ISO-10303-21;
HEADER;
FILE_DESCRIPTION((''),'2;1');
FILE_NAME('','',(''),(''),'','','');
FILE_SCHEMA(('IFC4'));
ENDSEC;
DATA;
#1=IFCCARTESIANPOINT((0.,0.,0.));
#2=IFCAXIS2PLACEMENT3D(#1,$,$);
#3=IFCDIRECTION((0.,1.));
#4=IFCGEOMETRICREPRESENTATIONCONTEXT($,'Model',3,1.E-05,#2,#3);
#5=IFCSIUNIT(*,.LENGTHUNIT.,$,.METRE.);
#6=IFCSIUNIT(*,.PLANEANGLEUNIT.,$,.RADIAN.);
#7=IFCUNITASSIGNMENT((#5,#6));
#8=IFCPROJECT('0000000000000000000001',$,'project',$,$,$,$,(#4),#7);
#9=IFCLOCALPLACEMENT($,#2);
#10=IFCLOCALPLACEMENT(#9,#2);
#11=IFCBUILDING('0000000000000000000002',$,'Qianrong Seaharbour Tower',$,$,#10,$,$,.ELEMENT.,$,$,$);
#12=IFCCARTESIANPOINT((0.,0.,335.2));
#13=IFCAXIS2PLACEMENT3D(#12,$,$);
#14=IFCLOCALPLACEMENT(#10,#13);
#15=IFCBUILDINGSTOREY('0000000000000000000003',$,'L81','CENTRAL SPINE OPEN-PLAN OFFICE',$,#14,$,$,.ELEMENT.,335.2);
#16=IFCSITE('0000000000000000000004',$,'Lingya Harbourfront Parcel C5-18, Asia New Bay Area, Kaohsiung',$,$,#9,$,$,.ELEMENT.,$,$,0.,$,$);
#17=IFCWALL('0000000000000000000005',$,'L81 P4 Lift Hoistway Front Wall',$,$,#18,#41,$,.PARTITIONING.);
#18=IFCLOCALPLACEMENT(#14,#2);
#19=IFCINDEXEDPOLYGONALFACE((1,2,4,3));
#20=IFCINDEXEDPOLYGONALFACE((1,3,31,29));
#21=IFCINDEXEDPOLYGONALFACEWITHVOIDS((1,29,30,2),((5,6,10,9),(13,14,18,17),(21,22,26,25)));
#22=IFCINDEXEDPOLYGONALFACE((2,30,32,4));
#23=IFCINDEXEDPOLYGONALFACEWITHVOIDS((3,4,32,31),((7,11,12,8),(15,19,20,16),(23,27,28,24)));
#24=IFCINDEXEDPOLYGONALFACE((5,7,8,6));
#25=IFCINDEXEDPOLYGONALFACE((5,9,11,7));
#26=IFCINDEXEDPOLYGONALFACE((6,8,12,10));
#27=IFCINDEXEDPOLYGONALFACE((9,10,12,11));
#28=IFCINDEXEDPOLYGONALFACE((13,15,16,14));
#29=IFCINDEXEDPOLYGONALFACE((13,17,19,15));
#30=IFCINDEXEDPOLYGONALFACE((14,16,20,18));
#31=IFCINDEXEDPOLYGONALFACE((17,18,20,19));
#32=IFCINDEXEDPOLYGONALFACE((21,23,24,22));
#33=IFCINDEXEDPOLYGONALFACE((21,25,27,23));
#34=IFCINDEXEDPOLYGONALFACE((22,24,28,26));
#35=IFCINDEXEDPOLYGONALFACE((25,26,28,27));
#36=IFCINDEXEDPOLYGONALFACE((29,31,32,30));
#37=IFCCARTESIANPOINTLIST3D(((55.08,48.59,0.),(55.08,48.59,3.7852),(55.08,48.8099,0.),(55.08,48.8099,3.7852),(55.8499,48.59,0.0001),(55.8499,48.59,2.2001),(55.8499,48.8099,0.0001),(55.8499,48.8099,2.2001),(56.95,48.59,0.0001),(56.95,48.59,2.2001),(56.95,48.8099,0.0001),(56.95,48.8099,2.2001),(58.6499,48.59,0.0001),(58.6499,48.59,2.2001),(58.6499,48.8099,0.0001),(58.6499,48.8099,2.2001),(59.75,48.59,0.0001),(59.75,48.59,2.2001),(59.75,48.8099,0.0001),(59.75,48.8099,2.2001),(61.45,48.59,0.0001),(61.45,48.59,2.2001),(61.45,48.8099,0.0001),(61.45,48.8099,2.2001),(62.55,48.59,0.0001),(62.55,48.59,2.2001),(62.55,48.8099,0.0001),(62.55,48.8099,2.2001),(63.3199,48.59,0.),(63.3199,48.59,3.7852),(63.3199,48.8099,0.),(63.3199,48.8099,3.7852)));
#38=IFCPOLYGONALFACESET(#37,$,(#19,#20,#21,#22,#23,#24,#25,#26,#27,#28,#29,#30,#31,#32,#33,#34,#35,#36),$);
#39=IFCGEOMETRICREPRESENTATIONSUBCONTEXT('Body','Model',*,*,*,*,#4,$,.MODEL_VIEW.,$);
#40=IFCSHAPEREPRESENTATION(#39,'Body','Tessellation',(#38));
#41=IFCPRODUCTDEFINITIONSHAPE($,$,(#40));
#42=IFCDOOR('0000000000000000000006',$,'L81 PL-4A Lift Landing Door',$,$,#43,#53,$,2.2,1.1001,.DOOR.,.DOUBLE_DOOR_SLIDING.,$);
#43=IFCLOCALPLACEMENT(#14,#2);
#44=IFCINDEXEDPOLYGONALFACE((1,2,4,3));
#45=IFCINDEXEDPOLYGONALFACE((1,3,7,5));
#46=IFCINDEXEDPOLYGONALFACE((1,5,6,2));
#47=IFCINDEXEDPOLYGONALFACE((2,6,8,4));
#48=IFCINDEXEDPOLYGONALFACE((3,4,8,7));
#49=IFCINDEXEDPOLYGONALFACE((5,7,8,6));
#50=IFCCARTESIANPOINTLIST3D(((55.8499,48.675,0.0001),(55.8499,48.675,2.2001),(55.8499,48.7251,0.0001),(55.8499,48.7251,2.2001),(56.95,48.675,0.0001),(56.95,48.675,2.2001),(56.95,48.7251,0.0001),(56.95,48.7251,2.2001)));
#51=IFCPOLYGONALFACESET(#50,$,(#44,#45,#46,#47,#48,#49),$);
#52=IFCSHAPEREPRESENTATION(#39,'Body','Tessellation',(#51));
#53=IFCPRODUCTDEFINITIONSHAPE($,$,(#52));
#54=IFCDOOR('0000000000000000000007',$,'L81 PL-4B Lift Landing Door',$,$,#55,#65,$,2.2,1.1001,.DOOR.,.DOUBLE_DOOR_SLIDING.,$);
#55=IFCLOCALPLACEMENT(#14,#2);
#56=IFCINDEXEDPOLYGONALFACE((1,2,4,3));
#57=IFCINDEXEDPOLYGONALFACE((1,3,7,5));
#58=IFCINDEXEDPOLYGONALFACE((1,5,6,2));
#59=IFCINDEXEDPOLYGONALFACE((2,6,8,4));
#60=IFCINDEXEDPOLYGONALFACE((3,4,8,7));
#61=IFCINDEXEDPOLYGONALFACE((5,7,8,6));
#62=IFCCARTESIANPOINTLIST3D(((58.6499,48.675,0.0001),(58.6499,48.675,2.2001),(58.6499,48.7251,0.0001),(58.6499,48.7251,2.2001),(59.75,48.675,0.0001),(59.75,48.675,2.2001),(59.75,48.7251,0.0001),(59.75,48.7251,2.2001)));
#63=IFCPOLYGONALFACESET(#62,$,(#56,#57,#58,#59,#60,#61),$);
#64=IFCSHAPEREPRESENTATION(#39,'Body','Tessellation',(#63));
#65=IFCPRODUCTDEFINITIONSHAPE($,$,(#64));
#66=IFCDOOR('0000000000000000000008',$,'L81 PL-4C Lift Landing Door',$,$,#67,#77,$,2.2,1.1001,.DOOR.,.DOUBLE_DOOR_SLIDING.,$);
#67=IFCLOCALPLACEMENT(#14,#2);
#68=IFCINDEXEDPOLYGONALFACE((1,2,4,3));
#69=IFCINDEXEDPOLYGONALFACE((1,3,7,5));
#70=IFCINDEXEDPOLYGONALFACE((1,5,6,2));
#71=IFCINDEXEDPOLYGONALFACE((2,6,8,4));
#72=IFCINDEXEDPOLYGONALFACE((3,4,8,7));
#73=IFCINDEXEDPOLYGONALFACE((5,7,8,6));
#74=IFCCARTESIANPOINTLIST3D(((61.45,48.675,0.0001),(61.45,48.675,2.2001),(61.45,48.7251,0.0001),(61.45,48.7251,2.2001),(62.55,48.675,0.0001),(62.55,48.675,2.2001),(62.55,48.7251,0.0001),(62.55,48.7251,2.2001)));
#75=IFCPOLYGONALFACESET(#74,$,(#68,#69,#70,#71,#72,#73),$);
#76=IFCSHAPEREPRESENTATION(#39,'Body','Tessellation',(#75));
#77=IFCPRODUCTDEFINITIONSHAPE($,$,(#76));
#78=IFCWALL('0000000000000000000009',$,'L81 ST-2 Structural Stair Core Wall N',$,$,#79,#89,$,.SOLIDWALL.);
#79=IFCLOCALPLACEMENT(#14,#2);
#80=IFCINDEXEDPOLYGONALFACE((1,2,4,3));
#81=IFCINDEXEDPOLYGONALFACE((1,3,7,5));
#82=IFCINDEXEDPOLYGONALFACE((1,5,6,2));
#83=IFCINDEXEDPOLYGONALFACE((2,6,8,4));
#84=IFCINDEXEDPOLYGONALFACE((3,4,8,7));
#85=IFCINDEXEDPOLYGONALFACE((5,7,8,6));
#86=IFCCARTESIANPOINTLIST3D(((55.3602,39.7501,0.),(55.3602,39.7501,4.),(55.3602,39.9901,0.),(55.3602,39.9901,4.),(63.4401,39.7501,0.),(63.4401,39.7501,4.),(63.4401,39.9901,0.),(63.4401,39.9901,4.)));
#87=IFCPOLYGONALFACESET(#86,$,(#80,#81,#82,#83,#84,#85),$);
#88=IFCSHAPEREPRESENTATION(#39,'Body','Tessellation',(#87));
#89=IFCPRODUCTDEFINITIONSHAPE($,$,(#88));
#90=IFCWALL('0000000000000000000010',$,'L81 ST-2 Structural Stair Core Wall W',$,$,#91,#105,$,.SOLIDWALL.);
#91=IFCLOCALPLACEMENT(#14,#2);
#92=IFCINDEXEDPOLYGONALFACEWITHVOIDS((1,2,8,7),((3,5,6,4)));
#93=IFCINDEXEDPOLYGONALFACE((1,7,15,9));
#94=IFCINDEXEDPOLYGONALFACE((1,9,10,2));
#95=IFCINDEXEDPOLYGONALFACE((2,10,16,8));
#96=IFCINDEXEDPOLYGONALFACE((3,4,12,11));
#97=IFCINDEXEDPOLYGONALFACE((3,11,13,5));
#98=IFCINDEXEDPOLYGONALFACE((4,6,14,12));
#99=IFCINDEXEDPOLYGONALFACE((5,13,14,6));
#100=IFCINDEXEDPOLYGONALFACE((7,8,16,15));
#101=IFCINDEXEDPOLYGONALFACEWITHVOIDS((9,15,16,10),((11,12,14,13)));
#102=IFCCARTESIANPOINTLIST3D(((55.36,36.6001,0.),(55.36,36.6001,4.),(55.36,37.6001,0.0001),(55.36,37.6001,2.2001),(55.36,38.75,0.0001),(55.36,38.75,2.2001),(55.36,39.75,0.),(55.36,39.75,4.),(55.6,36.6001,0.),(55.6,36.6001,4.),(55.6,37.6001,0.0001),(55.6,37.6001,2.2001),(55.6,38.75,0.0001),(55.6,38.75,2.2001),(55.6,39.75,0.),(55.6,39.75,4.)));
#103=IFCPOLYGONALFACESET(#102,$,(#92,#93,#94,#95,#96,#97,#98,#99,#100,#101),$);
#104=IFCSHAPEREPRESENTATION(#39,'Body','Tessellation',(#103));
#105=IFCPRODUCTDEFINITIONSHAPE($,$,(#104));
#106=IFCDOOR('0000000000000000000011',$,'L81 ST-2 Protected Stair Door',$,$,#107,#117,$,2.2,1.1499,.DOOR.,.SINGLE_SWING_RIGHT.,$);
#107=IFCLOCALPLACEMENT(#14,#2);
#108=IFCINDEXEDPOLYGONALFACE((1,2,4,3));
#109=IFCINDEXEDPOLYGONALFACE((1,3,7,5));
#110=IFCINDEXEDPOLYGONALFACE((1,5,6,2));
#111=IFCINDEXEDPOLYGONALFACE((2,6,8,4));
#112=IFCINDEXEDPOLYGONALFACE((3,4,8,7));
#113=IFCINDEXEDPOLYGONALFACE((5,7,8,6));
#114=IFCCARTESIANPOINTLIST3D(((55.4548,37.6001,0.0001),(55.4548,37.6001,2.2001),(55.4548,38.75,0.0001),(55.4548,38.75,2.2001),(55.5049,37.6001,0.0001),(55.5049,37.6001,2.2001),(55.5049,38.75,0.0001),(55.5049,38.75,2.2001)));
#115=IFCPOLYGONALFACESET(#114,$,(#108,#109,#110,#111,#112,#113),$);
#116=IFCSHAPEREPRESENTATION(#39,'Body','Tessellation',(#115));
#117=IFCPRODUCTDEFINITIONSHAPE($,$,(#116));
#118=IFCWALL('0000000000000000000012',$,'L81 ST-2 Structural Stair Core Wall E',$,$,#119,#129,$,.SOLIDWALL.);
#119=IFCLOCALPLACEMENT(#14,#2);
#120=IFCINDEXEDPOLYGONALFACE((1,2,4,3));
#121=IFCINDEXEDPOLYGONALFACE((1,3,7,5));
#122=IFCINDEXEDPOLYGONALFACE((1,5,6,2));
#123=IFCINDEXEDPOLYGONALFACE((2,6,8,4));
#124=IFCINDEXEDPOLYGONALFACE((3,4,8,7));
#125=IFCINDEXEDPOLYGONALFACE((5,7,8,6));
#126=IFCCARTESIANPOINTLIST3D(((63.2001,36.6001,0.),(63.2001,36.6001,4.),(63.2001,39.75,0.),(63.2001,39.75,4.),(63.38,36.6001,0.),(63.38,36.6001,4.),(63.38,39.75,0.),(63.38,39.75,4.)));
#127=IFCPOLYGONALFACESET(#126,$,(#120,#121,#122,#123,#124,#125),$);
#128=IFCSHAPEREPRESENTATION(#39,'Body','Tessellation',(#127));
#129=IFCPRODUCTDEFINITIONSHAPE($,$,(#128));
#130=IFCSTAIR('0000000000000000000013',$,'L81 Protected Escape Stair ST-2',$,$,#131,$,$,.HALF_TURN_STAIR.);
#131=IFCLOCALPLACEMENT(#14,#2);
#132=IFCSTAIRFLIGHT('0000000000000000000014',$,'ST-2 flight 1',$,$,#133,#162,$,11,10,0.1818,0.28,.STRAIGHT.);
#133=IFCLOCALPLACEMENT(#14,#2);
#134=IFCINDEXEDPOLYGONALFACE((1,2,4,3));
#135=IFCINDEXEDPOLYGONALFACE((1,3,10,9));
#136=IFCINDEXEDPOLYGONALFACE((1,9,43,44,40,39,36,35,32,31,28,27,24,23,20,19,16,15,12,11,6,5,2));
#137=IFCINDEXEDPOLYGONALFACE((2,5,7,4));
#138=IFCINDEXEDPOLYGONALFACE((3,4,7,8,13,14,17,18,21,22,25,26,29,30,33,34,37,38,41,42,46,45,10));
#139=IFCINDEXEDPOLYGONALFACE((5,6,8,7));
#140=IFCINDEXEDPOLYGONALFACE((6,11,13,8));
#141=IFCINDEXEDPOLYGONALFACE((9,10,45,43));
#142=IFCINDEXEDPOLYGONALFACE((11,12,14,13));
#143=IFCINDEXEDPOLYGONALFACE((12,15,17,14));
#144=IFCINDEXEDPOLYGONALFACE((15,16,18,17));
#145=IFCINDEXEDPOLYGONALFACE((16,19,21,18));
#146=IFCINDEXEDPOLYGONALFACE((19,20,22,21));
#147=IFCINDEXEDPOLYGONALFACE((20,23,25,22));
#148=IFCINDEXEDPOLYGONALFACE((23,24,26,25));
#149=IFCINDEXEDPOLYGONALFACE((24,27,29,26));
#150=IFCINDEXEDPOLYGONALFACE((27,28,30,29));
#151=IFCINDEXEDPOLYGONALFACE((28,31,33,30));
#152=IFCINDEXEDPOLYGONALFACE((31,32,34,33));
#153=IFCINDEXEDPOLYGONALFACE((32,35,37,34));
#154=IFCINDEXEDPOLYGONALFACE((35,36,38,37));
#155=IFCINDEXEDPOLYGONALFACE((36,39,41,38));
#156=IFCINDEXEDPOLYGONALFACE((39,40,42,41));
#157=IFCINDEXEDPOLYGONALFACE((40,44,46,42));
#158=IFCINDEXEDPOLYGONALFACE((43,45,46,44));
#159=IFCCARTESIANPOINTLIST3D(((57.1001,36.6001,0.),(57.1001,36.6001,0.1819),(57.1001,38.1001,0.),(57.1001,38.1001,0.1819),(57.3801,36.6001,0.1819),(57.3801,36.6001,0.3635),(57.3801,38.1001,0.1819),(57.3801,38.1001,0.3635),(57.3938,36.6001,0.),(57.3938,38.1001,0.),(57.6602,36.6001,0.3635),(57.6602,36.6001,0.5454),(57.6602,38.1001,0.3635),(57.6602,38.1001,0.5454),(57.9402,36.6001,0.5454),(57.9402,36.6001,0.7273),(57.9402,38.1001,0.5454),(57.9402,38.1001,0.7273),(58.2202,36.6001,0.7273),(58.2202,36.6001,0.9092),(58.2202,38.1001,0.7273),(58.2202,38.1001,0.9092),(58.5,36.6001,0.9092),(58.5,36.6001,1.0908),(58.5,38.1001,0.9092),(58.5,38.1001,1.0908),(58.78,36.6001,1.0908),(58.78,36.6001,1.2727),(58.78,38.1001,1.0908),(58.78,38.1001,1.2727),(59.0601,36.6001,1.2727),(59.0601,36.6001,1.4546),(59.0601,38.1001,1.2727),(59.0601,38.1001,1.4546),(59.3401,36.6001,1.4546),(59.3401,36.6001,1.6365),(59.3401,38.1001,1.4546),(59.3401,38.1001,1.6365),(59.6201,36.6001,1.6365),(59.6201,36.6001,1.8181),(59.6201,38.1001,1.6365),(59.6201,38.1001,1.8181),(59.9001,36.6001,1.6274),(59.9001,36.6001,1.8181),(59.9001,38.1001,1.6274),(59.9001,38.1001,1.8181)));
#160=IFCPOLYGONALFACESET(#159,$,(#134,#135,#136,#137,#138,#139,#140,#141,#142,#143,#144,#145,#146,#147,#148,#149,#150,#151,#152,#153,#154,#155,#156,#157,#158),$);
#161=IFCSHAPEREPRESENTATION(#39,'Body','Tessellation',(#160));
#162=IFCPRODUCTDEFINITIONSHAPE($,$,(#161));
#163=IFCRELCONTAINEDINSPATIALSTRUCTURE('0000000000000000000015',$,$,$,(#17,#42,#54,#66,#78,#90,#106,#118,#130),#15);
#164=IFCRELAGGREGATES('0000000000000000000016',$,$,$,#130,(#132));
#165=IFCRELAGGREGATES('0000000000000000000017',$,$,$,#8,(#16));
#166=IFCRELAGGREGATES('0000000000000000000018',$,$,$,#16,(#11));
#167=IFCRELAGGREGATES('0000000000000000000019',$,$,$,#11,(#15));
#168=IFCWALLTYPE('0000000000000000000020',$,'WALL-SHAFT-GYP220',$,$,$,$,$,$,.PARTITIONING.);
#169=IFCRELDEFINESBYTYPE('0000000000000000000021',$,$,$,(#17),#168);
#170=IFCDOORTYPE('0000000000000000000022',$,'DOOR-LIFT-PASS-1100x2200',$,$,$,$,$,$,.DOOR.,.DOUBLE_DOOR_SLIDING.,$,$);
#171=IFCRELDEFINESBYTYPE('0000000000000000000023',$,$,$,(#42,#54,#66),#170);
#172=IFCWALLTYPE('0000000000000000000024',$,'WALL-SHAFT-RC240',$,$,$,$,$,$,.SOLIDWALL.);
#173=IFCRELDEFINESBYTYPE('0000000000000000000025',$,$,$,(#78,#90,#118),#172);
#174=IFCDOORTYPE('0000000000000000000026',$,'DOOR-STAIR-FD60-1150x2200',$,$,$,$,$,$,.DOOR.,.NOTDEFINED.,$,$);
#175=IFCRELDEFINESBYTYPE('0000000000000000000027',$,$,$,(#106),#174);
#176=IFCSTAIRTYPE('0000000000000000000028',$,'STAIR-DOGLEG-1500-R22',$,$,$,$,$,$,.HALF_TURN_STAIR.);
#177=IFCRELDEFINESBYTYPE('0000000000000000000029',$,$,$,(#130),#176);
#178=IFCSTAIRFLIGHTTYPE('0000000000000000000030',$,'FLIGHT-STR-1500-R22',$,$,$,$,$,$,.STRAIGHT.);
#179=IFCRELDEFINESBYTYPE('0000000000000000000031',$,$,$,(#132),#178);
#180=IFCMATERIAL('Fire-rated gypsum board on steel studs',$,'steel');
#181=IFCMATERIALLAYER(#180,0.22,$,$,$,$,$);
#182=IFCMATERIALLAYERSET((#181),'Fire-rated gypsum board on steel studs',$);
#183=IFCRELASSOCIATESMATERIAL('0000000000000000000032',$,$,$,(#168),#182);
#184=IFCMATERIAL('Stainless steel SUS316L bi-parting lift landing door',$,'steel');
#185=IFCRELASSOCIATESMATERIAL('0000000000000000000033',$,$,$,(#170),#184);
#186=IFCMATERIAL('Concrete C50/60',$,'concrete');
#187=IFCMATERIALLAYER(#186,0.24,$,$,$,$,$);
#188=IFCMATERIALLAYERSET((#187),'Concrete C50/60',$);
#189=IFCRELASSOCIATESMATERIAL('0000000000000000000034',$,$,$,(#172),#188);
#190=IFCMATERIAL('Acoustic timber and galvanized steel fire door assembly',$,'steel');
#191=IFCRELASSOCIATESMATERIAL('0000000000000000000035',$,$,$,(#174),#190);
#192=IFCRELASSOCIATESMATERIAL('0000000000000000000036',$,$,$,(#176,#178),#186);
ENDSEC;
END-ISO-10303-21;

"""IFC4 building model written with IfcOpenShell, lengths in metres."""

from ifc_helpers import new_model, si_unit, direction, frame, frame_2d, origin, place, context, subcontext, project, spatial, polyline, rectangle, outline, extrude, material, layer, layer_set, type_object, element, fill, aggregate, save


model = new_model("IFC4")

# Units and contexts
model_context = context("Model", 3, precision=1e-05, world=origin(), true_north=direction((0.0, 1.0)))
body_context = subcontext(model_context, "Body", "Model", "MODEL_VIEW")
ifc_project = project(units=[si_unit("LENGTHUNIT", "METRE"), si_unit("PLANEANGLEUNIT", "RADIAN")], contexts=[model_context])

# Site, building, storey
site_placement = place(None, origin())
site = spatial("IfcSite", under=ifc_project, at=site_placement, Name="Lingya Harbourfront Parcel C5-18, Asia New Bay Area, Kaohsiung", CompositionType="ELEMENT", RefElevation=0.0)
building_placement = place(site_placement, origin())
building = spatial("IfcBuilding", under=site, at=building_placement, Name="Qianrong Seaharbour Tower", CompositionType="ELEMENT")
storey_placement = place(building_placement, frame((0.0, 0.0, 335.2)))
storey = spatial("IfcBuildingStorey", under=building, at=storey_placement, Name="L81", Description="CENTRAL SPINE OPEN-PLAN OFFICE", CompositionType="ELEMENT", Elevation=335.2)

# Shared definitions
ifc_material_1 = material(Name="Concrete C50/60", Category="concrete")

# Shared definitions
ifc_material_2 = material(Name="Acoustic timber and galvanized steel fire door assembly", Category="steel")

# Shared definitions
ifc_material_3 = material(Name="Fire-rated gypsum board on steel studs", Category="steel")

# Wall, openings, doors
ifc_layer_1 = layer(ifc_material_3, 0.22)
ifc_layer_set_1 = layer_set([ifc_layer_1], Name="Fire-rated gypsum board on steel studs")
wall_type_1 = type_object("IfcWallType", Name="WALL-SHAFT-GYP220", PredefinedType="PARTITIONING", material=ifc_layer_set_1)
wall_1_placement = place(storey_placement, frame((63.3201, 48.7, 0.0), z_axis=(0.0, 0.0, 1.0), x_axis=(-1.0, 0.0, 0.0)))
wall_1 = element("IfcWall", 1, at=wall_1_placement, inside=storey, type_object=wall_type_1, Name="L81 P4 Lift Hoistway Front Wall", PredefinedType="PARTITIONING", context=body_context, shape_type="SweptSolid", body=[
    extrude(rectangle(XDim=8.24, YDim=0.22, at=frame_2d((4.1201, 0.0))), origin(), (0.0, 0.0, 1.0), 3.7852),
])
opening_1_placement = place(wall_1_placement, frame((6.3701, 0.0, 0.0)))
opening_1 = element("IfcOpeningElement", 2, at=opening_1_placement, cuts=wall_1, PredefinedType="OPENING", context=body_context, shape_type="SweptSolid", body=[
    extrude(rectangle(XDim=1.1001, YDim=2.2, at=frame_2d((0.55, 1.1001))), frame((0.0, 0.1201, 0.0), z_axis=(0.0, -1.0, 0.0), x_axis=(1.0, 0.0, 0.0)), (0.0, 0.0, 1.0), 0.24),
])
opening_2_placement = place(wall_1_placement, frame((3.5701, 0.0, 0.0)))
opening_2 = element("IfcOpeningElement", 3, at=opening_2_placement, cuts=wall_1, PredefinedType="OPENING", context=body_context, shape_type="SweptSolid", body=[
    extrude(rectangle(XDim=1.1001, YDim=2.2, at=frame_2d((0.55, 1.1001))), frame((0.0, 0.1201, 0.0), z_axis=(0.0, -1.0, 0.0), x_axis=(1.0, 0.0, 0.0)), (0.0, 0.0, 1.0), 0.24),
])
opening_3_placement = place(wall_1_placement, frame((0.77, 0.0, 0.0)))
opening_3 = element("IfcOpeningElement", 4, at=opening_3_placement, cuts=wall_1, PredefinedType="OPENING", context=body_context, shape_type="SweptSolid", body=[
    extrude(rectangle(XDim=1.1001, YDim=2.2, at=frame_2d((0.55, 1.1001))), frame((0.0, 0.1201, 0.0), z_axis=(0.0, -1.0, 0.0), x_axis=(1.0, 0.0, 0.0)), (0.0, 0.0, 1.0), 0.24),
])
ifc_material_4 = material(Name="Stainless steel SUS316L bi-parting lift landing door", Category="steel")
door_type_1 = type_object("IfcDoorType", Name="DOOR-LIFT-PASS-1100x2200", OperationType="DOUBLE_DOOR_SLIDING", PredefinedType="DOOR", material=ifc_material_4)
door_1_placement = place(opening_1_placement, origin())
door_1 = element("IfcDoor", 5, at=door_1_placement, inside=storey, type_object=door_type_1, Name="L81 PL-4A Lift Landing Door", OperationType="DOUBLE_DOOR_SLIDING", OverallHeight=2.2, OverallWidth=1.1001, PredefinedType="DOOR", context=body_context, shape_type="SweptSolid", body=[
    extrude(rectangle(XDim=1.1001, YDim=2.2, at=frame_2d((0.55, 1.1001))), frame((0.0, 0.0249, 0.0), z_axis=(0.0, -1.0, 0.0), x_axis=(1.0, 0.0, 0.0)), (0.0, 0.0, 1.0), 0.05),
])
fill(opening_1, door_1)
door_2_placement = place(opening_2_placement, origin())
door_2 = element("IfcDoor", 6, at=door_2_placement, inside=storey, type_object=door_type_1, Name="L81 PL-4B Lift Landing Door", OperationType="DOUBLE_DOOR_SLIDING", OverallHeight=2.2, OverallWidth=1.1001, PredefinedType="DOOR", context=body_context, shape_type="SweptSolid", body=[
    extrude(rectangle(XDim=1.1001, YDim=2.2, at=frame_2d((0.55, 1.1001))), frame((0.0, 0.0249, 0.0), z_axis=(0.0, -1.0, 0.0), x_axis=(1.0, 0.0, 0.0)), (0.0, 0.0, 1.0), 0.05),
])
fill(opening_2, door_2)
door_3_placement = place(opening_3_placement, origin())
door_3 = element("IfcDoor", 7, at=door_3_placement, inside=storey, type_object=door_type_1, Name="L81 PL-4C Lift Landing Door", OperationType="DOUBLE_DOOR_SLIDING", OverallHeight=2.2, OverallWidth=1.1001, PredefinedType="DOOR", context=body_context, shape_type="SweptSolid", body=[
    extrude(rectangle(XDim=1.1001, YDim=2.2, at=frame_2d((0.55, 1.1001))), frame((0.0, 0.0249, 0.0), z_axis=(0.0, -1.0, 0.0), x_axis=(1.0, 0.0, 0.0)), (0.0, 0.0, 1.0), 0.05),
])
fill(opening_3, door_3)

# Wall
ifc_layer_2 = layer(ifc_material_1, 0.24)
ifc_layer_set_2 = layer_set([ifc_layer_2], Name="Concrete C50/60")
wall_type_2 = type_object("IfcWallType", Name="WALL-SHAFT-RC240", PredefinedType="SOLIDWALL", material=ifc_layer_set_2)
wall_2_placement = place(storey_placement, frame((55.3601, 39.8701, 0.0), z_axis=(0.0, 0.0, 1.0), x_axis=(1.0, 0.0, 0.0)))
element("IfcWall", 8, at=wall_2_placement, inside=storey, type_object=wall_type_2, Name="L81 ST-2 Structural Stair Core Wall N", PredefinedType="SOLIDWALL", context=body_context, shape_type="SweptSolid", body=[
    extrude(rectangle(XDim=8.0798, YDim=0.24, at=frame_2d((4.04, 0.0))), origin(), (0.0, 0.0, 1.0), 4.0),
])

# Wall, opening, door
wall_3_placement = place(storey_placement, frame((55.48, 39.75, 0.0), z_axis=(0.0, 0.0, 1.0), x_axis=(0.0, -1.0, 0.0)))
wall_3 = element("IfcWall", 9, at=wall_3_placement, inside=storey, type_object=wall_type_2, Name="L81 ST-2 Structural Stair Core Wall W", PredefinedType="SOLIDWALL", context=body_context, shape_type="SweptSolid", body=[
    extrude(rectangle(XDim=3.1499, YDim=0.24, at=frame_2d((1.575, 0.0))), origin(), (0.0, 0.0, 1.0), 4.0),
])
opening_4_placement = place(wall_3_placement, frame((1.0, 0.0, 0.0)))
opening_4 = element("IfcOpeningElement", 10, at=opening_4_placement, cuts=wall_3, PredefinedType="OPENING", context=body_context, shape_type="SweptSolid", body=[
    extrude(rectangle(XDim=1.1499, YDim=2.2, at=frame_2d((0.575, 1.1001))), frame((0.0, 0.1299, 0.0), z_axis=(0.0, -1.0, 0.0), x_axis=(1.0, 0.0, 0.0)), (0.0, 0.0, 1.0), 0.26),
])
door_type_2 = type_object("IfcDoorType", Name="DOOR-STAIR-FD60-1150x2200", OperationType="NOTDEFINED", PredefinedType="DOOR", material=ifc_material_2)
door_4_placement = place(opening_4_placement, origin())
door_4 = element("IfcDoor", 11, at=door_4_placement, inside=storey, type_object=door_type_2, Name="L81 ST-2 Protected Stair Door", OperationType="SINGLE_SWING_RIGHT", OverallHeight=2.2, OverallWidth=1.1499, PredefinedType="DOOR", context=body_context, shape_type="SweptSolid", body=[
    extrude(rectangle(XDim=1.1499, YDim=2.2, at=frame_2d((0.575, 1.1001))), frame((0.0, 0.0249, 0.0), z_axis=(0.0, -1.0, 0.0), x_axis=(1.0, 0.0, 0.0)), (0.0, 0.0, 1.0), 0.05),
])
fill(opening_4, door_4)

# Wall
wall_4_placement = place(storey_placement, frame((63.29, 36.6001, 0.0), z_axis=(0.0, 0.0, 1.0), x_axis=(0.0, 1.0, 0.0)))
element("IfcWall", 12, at=wall_4_placement, inside=storey, type_object=wall_type_2, Name="L81 ST-2 Structural Stair Core Wall E", PredefinedType="SOLIDWALL", context=body_context, shape_type="SweptSolid", body=[
    extrude(rectangle(XDim=3.1499, YDim=0.1799, at=frame_2d((1.575, 0.0))), origin(), (0.0, 0.0, 1.0), 4.0),
])

# Stair, stair flight
stair_type = type_object("IfcStairType", Name="STAIR-DOGLEG-1500-R22", PredefinedType="HALF_TURN_STAIR", material=ifc_material_1)
stair_placement = place(storey_placement, origin())
stair = element("IfcStair", 13, at=stair_placement, inside=storey, type_object=stair_type, Name="L81 Protected Escape Stair ST-2", PredefinedType="HALF_TURN_STAIR")
stair_flight_type = type_object("IfcStairFlightType", Name="FLIGHT-STR-1500-R22", PredefinedType="STRAIGHT", material=ifc_material_1)
stair_flight_1_placement = place(storey_placement, frame((57.1001, 37.3501, 0.0), z_axis=(0.0, 0.0, 1.0), x_axis=(1.0, 0.0, 0.0)))
stair_flight_1 = element("IfcStairFlight", 14, at=stair_flight_1_placement, type_object=stair_flight_type, Name="ST-2 flight 1", NumberOfRisers=11, NumberOfTreads=10, PredefinedType="STRAIGHT", RiserHeight=0.1818, TreadLength=0.28, context=body_context, shape_type="SweptSolid", body=[
    extrude(outline(polyline([(0.0, 0.0), (0.0, 0.1819), (0.28, 0.1819), (0.28, 0.3635), (0.5601, 0.3635), (0.5601, 0.5454), (0.8401, 0.5454), (0.8401, 0.7273), (1.1201, 0.7273), (1.1201, 0.9092), (1.3999, 0.9092), (1.3999, 1.0908), (1.6799, 1.0908), (1.6799, 1.2727), (1.96, 1.2727), (1.96, 1.4546), (2.24, 1.4546), (2.24, 1.6365), (2.52, 1.6365), (2.52, 1.8181), (2.8, 1.8181), (2.8, 2.0), (2.8, 1.6274), (0.2937, 0.0), (0.0, 0.0)])), frame((0.0, 0.75, 0.0), z_axis=(0.0, -1.0, 0.0), x_axis=(1.0, 0.0, 0.0)), (0.0, 0.0, 1.0), 1.5),
])
aggregate(stair, [stair_flight_1])

save(model, "model.ifc")
